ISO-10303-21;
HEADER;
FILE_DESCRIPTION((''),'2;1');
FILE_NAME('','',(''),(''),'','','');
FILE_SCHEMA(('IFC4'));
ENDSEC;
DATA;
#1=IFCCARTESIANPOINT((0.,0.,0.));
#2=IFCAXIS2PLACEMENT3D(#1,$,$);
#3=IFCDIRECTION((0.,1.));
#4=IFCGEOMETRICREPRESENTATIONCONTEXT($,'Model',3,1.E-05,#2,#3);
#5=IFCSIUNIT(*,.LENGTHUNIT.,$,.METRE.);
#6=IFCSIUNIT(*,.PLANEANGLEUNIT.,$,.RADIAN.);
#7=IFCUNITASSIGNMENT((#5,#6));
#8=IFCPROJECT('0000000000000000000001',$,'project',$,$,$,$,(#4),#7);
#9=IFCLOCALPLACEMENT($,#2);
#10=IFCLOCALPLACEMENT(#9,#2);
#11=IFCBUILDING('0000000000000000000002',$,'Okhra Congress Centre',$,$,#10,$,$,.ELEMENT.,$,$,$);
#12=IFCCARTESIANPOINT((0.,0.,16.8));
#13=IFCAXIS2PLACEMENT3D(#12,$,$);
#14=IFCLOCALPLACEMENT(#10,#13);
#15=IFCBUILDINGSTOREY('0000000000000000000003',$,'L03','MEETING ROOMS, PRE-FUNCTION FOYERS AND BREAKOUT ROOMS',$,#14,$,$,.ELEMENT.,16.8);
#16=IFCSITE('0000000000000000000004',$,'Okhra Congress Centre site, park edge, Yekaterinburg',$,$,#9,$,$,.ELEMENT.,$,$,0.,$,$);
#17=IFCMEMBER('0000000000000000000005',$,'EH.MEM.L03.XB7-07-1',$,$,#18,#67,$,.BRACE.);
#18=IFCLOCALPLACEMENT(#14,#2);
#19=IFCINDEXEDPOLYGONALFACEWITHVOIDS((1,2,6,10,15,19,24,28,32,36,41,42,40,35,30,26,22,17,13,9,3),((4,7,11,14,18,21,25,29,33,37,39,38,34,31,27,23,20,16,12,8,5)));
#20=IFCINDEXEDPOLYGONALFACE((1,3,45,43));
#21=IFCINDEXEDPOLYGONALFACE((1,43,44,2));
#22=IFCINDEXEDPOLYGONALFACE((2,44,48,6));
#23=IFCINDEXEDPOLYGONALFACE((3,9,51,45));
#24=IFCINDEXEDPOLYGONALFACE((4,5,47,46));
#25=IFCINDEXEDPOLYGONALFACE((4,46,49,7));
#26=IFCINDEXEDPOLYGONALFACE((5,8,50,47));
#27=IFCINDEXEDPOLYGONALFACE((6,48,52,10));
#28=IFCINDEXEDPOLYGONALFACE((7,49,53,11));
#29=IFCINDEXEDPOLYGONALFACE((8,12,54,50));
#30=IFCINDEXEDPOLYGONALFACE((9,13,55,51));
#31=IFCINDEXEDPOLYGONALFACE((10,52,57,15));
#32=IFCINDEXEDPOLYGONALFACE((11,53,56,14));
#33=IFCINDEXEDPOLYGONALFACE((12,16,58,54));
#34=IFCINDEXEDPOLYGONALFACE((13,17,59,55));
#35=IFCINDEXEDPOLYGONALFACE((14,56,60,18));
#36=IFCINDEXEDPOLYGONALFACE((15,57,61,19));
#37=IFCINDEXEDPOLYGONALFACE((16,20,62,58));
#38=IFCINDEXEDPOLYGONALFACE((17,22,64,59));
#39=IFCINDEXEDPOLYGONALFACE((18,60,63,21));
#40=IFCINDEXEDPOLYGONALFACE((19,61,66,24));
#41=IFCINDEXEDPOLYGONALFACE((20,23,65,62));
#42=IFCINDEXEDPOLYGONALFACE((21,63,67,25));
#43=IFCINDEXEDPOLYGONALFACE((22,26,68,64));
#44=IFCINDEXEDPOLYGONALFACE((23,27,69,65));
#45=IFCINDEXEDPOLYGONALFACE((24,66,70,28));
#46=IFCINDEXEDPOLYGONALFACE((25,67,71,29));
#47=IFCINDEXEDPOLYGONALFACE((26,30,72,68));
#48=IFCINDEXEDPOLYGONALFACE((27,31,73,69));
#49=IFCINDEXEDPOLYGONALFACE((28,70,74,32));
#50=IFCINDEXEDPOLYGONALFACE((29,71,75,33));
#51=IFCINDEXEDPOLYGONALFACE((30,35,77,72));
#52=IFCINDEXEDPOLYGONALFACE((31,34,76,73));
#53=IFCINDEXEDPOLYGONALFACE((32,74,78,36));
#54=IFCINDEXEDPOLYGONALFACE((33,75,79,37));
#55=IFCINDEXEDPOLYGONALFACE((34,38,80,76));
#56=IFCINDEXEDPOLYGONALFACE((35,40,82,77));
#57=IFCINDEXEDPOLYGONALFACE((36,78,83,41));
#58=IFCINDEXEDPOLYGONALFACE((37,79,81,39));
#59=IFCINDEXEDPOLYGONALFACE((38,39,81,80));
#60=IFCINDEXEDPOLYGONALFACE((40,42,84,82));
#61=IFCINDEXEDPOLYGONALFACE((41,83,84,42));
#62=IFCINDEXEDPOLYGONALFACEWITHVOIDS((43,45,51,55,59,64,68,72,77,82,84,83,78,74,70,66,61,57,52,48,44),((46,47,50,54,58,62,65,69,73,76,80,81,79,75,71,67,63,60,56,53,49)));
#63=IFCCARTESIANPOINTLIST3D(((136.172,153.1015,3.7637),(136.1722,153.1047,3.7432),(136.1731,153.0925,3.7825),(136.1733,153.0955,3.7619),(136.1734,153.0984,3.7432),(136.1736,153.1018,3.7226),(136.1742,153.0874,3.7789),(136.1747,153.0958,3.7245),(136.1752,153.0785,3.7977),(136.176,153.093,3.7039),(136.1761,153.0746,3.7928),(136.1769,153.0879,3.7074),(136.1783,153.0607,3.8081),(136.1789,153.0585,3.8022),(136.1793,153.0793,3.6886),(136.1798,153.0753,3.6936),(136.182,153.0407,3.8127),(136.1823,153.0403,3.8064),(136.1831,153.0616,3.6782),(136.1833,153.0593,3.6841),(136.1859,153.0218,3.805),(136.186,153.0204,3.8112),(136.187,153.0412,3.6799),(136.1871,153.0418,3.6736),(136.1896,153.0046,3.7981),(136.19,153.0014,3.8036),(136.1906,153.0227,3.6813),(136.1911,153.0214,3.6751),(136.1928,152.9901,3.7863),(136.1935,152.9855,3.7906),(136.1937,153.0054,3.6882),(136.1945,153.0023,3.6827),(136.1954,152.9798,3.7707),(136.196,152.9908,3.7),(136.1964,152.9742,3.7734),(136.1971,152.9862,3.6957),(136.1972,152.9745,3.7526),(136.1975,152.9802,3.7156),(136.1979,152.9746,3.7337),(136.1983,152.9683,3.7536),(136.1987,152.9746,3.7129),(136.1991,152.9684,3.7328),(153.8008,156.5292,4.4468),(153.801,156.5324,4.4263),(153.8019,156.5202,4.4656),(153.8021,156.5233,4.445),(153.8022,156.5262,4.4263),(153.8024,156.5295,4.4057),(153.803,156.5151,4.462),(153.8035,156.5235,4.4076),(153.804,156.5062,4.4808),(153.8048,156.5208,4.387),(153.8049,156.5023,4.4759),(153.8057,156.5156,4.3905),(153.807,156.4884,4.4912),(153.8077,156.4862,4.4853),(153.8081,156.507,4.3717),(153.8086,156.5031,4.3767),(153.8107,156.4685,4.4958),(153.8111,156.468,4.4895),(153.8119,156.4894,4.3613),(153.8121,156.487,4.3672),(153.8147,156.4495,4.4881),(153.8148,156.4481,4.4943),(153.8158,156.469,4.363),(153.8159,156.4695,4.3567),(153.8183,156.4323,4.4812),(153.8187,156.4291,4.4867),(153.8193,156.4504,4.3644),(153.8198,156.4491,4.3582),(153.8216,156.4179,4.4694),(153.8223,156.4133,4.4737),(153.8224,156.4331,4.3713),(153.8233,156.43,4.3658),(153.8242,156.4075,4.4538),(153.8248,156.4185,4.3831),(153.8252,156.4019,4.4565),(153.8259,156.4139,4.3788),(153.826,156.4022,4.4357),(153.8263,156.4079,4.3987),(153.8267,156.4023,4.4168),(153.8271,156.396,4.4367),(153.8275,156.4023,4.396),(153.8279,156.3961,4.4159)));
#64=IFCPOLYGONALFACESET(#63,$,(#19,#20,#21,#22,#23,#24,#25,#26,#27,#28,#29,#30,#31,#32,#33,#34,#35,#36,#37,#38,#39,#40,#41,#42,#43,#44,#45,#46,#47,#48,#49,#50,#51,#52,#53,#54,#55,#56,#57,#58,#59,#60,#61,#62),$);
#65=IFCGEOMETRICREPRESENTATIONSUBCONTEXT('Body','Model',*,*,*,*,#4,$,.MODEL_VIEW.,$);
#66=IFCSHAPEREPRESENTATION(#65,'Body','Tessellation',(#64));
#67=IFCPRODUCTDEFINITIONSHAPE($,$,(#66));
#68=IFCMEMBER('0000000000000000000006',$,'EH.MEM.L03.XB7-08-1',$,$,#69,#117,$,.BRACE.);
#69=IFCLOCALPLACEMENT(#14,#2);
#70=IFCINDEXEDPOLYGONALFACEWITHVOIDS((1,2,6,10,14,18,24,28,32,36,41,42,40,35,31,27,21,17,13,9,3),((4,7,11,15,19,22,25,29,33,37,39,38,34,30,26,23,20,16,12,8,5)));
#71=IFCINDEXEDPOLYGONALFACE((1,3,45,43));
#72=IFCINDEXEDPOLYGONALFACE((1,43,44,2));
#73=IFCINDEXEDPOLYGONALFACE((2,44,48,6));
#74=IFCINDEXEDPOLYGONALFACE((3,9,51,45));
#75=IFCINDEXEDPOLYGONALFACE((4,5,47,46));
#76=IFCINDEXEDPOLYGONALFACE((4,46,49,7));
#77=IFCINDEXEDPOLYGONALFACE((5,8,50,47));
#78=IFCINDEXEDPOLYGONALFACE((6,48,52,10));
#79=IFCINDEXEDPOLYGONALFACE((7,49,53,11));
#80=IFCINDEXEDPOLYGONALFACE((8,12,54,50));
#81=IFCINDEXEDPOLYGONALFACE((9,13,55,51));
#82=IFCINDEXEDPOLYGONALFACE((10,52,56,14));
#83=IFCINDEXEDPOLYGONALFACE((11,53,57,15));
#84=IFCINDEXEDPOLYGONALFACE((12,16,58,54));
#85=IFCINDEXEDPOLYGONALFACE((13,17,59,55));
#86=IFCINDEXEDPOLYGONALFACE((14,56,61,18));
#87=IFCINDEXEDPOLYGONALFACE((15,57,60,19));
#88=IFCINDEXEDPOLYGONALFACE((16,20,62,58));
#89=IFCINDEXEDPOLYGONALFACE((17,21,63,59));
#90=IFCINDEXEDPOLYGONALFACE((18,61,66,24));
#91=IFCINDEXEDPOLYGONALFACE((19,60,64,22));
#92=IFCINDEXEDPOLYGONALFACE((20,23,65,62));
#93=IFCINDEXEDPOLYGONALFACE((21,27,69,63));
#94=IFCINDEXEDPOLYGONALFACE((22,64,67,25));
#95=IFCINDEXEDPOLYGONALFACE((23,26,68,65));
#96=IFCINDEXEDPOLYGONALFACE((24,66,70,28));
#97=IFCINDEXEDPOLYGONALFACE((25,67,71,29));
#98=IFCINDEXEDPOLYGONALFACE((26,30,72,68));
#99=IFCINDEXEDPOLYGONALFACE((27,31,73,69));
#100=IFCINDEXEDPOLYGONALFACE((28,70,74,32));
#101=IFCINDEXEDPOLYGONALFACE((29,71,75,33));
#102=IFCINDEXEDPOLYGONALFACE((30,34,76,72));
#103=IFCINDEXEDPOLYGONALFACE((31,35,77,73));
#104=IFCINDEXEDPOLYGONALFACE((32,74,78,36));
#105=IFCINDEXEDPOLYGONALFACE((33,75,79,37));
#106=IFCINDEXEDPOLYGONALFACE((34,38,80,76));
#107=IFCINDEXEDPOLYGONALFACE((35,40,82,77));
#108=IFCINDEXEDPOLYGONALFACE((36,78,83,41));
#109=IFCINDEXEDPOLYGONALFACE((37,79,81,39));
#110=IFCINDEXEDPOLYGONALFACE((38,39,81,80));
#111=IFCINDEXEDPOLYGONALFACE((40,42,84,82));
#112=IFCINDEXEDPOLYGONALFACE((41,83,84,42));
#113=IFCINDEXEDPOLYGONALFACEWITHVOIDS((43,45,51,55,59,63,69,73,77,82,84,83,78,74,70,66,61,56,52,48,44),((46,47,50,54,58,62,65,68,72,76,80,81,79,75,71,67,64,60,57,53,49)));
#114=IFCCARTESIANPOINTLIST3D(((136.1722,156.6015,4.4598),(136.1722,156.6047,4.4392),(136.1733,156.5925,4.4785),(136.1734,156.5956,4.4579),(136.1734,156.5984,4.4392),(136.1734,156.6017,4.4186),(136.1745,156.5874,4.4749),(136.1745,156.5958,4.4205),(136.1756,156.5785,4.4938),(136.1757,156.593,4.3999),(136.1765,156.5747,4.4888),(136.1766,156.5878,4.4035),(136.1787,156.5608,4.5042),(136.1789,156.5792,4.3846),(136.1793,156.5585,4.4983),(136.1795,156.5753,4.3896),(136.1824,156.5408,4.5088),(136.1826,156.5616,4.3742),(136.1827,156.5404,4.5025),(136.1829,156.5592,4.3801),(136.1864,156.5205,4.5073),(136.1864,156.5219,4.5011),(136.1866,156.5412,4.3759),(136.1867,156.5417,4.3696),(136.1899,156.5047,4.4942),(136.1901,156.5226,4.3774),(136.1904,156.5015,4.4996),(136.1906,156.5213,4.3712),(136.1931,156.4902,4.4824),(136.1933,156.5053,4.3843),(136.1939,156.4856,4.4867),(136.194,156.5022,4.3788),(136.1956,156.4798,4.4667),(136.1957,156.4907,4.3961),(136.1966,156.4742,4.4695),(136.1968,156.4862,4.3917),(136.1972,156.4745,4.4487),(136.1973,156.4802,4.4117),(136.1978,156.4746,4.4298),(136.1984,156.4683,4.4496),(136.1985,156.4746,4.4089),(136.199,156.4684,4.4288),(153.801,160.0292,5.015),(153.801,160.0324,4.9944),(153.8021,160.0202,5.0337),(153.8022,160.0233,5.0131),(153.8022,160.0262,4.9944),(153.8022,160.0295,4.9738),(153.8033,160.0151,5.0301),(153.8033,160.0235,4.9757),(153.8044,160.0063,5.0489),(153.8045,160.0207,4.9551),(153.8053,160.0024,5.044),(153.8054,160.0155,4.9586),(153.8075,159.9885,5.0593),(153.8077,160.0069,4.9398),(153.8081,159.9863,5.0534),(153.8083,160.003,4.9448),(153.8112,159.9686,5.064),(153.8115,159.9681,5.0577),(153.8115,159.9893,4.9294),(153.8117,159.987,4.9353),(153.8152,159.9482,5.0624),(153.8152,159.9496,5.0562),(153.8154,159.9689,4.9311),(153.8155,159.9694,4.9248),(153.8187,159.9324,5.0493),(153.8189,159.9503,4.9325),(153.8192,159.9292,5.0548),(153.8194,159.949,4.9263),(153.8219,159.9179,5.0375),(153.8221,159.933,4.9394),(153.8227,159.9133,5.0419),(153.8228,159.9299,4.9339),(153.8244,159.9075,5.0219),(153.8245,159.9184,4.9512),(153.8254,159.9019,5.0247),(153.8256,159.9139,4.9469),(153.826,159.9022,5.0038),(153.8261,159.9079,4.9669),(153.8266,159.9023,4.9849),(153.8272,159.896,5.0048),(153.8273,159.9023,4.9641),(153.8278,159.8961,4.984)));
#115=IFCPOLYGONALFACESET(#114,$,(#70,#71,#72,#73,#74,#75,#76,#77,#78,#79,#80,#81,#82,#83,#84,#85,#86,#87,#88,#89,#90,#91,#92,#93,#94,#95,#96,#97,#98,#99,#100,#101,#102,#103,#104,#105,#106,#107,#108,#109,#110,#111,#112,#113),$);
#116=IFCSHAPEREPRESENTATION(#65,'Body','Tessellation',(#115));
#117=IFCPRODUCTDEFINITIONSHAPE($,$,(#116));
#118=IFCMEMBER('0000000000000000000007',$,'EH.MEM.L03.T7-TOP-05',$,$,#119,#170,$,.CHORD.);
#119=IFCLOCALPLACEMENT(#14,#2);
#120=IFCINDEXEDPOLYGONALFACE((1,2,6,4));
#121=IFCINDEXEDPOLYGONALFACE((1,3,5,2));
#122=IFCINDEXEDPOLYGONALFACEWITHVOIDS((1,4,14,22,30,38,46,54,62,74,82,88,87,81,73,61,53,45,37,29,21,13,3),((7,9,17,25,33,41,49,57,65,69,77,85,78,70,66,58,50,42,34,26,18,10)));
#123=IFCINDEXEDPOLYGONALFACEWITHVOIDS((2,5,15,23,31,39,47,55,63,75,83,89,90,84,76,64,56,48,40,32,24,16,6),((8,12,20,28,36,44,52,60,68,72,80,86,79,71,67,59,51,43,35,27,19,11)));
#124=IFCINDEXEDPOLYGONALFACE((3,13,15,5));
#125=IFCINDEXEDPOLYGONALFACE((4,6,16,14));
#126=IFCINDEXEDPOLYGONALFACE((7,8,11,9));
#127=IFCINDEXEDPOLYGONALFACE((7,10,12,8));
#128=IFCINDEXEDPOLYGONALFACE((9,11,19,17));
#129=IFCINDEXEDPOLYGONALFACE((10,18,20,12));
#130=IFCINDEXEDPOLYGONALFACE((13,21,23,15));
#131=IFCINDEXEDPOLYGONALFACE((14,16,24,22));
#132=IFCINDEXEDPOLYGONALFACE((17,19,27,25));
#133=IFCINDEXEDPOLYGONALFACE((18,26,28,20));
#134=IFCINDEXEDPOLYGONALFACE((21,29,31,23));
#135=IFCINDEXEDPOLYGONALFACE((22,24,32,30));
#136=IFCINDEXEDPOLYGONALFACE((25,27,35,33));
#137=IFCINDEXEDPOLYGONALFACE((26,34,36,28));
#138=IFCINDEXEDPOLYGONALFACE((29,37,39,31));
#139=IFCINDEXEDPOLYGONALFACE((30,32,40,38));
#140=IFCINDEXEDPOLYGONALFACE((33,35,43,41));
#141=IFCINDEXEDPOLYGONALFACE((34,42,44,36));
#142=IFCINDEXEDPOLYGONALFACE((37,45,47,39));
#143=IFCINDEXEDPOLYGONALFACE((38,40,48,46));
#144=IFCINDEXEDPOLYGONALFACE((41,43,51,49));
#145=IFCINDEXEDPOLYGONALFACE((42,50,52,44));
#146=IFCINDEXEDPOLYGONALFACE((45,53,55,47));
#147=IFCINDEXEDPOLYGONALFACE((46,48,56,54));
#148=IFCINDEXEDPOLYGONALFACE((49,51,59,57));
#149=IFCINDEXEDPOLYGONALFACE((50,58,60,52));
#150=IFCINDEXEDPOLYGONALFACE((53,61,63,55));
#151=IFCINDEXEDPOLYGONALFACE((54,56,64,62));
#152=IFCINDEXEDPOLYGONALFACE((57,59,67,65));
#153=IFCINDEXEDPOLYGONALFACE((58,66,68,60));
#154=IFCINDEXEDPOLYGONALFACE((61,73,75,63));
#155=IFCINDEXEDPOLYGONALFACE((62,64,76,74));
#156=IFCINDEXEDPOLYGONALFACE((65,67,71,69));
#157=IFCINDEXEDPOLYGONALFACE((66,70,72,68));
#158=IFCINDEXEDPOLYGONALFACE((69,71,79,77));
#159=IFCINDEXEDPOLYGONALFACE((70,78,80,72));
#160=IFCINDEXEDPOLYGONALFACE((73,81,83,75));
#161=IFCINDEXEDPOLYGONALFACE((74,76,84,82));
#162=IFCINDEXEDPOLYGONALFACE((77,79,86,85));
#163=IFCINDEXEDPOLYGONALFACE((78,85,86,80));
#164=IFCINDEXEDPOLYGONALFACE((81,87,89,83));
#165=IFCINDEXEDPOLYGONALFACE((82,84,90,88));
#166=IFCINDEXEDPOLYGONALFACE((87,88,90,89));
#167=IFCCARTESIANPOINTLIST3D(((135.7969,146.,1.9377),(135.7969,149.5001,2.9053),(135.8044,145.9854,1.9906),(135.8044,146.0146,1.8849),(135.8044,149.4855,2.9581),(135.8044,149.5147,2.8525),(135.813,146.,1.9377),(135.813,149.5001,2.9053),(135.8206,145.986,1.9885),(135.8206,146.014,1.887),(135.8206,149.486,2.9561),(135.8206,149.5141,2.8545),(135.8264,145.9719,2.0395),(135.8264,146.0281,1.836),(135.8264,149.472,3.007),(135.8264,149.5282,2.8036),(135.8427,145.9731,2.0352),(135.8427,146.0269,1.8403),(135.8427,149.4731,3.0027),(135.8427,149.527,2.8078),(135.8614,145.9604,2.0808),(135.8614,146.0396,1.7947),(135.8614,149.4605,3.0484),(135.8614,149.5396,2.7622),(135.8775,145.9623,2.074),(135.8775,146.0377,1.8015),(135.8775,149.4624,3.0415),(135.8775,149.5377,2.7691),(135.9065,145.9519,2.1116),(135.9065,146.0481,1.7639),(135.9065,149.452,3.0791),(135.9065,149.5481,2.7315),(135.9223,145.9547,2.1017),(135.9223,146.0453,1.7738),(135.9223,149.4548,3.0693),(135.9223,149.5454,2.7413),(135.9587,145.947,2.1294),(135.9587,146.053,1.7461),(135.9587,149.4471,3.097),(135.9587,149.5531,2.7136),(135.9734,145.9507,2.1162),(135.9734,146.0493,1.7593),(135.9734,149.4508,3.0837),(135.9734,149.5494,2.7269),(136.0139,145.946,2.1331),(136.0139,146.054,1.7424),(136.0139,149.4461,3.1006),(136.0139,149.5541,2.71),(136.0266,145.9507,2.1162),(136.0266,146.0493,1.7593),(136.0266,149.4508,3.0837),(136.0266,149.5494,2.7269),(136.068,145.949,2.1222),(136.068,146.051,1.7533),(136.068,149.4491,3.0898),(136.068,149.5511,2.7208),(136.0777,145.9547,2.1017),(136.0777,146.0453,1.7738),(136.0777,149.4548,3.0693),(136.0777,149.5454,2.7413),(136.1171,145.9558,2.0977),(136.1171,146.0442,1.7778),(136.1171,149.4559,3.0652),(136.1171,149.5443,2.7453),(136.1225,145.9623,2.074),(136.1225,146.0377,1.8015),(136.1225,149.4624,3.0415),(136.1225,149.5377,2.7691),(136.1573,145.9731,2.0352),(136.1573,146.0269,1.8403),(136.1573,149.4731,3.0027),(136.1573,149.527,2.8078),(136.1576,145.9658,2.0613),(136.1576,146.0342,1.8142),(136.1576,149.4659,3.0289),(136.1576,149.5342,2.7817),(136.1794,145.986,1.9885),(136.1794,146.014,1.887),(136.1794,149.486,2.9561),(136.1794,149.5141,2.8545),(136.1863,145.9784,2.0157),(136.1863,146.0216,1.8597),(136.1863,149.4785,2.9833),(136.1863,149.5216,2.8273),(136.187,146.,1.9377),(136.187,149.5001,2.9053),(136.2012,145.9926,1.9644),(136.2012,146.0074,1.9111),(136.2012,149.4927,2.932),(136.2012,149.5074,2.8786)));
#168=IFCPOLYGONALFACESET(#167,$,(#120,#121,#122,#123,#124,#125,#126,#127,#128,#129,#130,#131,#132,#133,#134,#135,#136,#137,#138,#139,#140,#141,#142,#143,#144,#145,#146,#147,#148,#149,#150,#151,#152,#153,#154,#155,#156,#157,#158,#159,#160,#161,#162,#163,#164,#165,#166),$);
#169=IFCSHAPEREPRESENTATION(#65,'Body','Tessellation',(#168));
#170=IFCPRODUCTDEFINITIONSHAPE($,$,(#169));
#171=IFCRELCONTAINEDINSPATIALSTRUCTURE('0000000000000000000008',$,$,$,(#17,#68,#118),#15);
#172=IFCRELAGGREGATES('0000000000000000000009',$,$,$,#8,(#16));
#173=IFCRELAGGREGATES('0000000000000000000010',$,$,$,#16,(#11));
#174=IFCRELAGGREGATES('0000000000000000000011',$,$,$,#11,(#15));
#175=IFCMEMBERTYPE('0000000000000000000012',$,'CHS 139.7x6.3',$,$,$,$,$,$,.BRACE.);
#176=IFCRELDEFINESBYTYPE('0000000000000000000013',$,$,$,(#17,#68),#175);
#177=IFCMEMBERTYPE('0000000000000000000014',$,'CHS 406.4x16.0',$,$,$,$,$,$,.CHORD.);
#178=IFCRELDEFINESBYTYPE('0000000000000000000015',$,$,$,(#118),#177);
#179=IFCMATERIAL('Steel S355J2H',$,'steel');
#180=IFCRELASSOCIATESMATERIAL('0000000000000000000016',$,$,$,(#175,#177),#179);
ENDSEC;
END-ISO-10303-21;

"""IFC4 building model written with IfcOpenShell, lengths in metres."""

from ifc_helpers import new_model, si_unit, direction, frame, origin, origin_2d, place, context, subcontext, project, spatial, hollow_circle, extrude, material, material_profile, profile_set, type_object, element, save


model = new_model("IFC4")

# Units and contexts
model_context = context("Model", 3, precision=1e-05, world=origin(), true_north=direction((0.0, 1.0)))
body_context = subcontext(model_context, "Body", "Model", "MODEL_VIEW")
ifc_project = project(units=[si_unit("LENGTHUNIT", "METRE"), si_unit("PLANEANGLEUNIT", "RADIAN")], contexts=[model_context])

# Site, building, storey
site_placement = place(None, origin())
site = spatial("IfcSite", under=ifc_project, at=site_placement, Name="Okhra Congress Centre site, park edge, Yekaterinburg", CompositionType="ELEMENT", RefElevation=0.0)
building_placement = place(site_placement, origin())
building = spatial("IfcBuilding", under=site, at=building_placement, Name="Okhra Congress Centre", CompositionType="ELEMENT")
storey_placement = place(building_placement, frame((0.0, 0.0, 16.8)))
storey = spatial("IfcBuildingStorey", under=building, at=storey_placement, Name="L03", Description="MEETING ROOMS, PRE-FUNCTION FOYERS AND BREAKOUT ROOMS", CompositionType="ELEMENT", Elevation=16.8)

# Members
ifc_material_1 = material(Name="Steel S355J2H", Category="steel")
ifc_material_profile_1 = material_profile(ifc_material_1, hollow_circle(Radius=0.0698, WallThickness=0.0063, at=origin_2d()), Name="CHS 139.7x6.3")
ifc_profile_set_1 = profile_set([ifc_material_profile_1], Name="Steel S355J2H")
member_type_1 = type_object("IfcMemberType", Name="CHS 139.7x6.3", PredefinedType="BRACE", material=ifc_profile_set_1)
member_1_placement = place(storey_placement, frame((136.1855, 153.0361, 3.7432), z_axis=(0.980907, 0.190726, 0.038009), x_axis=(-0.190864, 0.981617, 0.0)))
element("IfcMember", 1, at=member_1_placement, inside=storey, type_object=member_type_1, Name="EH.MEM.L03.XB7-07-1", PredefinedType="BRACE", context=body_context, shape_type="SweptSolid", body=[
    extrude(hollow_circle(Radius=0.0698, WallThickness=0.0063, at=origin_2d()), origin(), (0.0, 0.0, 1.0), 17.9719),
])
member_2_placement = place(storey_placement, frame((136.1855, 156.5361, 4.4392), z_axis=(0.981148, 0.190773, 0.030899), x_axis=(-0.190864, 0.981617, 0.0)))
element("IfcMember", 2, at=member_2_placement, inside=storey, type_object=member_type_1, Name="EH.MEM.L03.XB7-08-1", PredefinedType="BRACE", context=body_context, shape_type="SweptSolid", body=[
    extrude(hollow_circle(Radius=0.0698, WallThickness=0.0063, at=origin_2d()), origin(), (0.0, 0.0, 1.0), 17.9675),
])
ifc_material_profile_2 = material_profile(ifc_material_1, hollow_circle(Radius=0.2031, WallThickness=0.0161, at=origin_2d()), Name="CHS 406.4x16.0")
ifc_profile_set_2 = profile_set([ifc_material_profile_2], Name="Steel S355J2H")
member_type_2 = type_object("IfcMemberType", Name="CHS 406.4x16.0", PredefinedType="CHORD", material=ifc_profile_set_2)
member_3_placement = place(storey_placement, frame((136.0, 146.0, 1.9377), z_axis=(0.0, 0.96385, 0.266444), x_axis=(-1.0, 0.0, 0.0)))
element("IfcMember", 3, at=member_3_placement, inside=storey, type_object=member_type_2, Name="EH.MEM.L03.T7-TOP-05", PredefinedType="CHORD", context=body_context, shape_type="SweptSolid", body=[
    extrude(hollow_circle(Radius=0.2031, WallThickness=0.0161, at=origin_2d()), origin(), (0.0, 0.0, 1.0), 3.6313),
])

save(model, "model.ifc")
